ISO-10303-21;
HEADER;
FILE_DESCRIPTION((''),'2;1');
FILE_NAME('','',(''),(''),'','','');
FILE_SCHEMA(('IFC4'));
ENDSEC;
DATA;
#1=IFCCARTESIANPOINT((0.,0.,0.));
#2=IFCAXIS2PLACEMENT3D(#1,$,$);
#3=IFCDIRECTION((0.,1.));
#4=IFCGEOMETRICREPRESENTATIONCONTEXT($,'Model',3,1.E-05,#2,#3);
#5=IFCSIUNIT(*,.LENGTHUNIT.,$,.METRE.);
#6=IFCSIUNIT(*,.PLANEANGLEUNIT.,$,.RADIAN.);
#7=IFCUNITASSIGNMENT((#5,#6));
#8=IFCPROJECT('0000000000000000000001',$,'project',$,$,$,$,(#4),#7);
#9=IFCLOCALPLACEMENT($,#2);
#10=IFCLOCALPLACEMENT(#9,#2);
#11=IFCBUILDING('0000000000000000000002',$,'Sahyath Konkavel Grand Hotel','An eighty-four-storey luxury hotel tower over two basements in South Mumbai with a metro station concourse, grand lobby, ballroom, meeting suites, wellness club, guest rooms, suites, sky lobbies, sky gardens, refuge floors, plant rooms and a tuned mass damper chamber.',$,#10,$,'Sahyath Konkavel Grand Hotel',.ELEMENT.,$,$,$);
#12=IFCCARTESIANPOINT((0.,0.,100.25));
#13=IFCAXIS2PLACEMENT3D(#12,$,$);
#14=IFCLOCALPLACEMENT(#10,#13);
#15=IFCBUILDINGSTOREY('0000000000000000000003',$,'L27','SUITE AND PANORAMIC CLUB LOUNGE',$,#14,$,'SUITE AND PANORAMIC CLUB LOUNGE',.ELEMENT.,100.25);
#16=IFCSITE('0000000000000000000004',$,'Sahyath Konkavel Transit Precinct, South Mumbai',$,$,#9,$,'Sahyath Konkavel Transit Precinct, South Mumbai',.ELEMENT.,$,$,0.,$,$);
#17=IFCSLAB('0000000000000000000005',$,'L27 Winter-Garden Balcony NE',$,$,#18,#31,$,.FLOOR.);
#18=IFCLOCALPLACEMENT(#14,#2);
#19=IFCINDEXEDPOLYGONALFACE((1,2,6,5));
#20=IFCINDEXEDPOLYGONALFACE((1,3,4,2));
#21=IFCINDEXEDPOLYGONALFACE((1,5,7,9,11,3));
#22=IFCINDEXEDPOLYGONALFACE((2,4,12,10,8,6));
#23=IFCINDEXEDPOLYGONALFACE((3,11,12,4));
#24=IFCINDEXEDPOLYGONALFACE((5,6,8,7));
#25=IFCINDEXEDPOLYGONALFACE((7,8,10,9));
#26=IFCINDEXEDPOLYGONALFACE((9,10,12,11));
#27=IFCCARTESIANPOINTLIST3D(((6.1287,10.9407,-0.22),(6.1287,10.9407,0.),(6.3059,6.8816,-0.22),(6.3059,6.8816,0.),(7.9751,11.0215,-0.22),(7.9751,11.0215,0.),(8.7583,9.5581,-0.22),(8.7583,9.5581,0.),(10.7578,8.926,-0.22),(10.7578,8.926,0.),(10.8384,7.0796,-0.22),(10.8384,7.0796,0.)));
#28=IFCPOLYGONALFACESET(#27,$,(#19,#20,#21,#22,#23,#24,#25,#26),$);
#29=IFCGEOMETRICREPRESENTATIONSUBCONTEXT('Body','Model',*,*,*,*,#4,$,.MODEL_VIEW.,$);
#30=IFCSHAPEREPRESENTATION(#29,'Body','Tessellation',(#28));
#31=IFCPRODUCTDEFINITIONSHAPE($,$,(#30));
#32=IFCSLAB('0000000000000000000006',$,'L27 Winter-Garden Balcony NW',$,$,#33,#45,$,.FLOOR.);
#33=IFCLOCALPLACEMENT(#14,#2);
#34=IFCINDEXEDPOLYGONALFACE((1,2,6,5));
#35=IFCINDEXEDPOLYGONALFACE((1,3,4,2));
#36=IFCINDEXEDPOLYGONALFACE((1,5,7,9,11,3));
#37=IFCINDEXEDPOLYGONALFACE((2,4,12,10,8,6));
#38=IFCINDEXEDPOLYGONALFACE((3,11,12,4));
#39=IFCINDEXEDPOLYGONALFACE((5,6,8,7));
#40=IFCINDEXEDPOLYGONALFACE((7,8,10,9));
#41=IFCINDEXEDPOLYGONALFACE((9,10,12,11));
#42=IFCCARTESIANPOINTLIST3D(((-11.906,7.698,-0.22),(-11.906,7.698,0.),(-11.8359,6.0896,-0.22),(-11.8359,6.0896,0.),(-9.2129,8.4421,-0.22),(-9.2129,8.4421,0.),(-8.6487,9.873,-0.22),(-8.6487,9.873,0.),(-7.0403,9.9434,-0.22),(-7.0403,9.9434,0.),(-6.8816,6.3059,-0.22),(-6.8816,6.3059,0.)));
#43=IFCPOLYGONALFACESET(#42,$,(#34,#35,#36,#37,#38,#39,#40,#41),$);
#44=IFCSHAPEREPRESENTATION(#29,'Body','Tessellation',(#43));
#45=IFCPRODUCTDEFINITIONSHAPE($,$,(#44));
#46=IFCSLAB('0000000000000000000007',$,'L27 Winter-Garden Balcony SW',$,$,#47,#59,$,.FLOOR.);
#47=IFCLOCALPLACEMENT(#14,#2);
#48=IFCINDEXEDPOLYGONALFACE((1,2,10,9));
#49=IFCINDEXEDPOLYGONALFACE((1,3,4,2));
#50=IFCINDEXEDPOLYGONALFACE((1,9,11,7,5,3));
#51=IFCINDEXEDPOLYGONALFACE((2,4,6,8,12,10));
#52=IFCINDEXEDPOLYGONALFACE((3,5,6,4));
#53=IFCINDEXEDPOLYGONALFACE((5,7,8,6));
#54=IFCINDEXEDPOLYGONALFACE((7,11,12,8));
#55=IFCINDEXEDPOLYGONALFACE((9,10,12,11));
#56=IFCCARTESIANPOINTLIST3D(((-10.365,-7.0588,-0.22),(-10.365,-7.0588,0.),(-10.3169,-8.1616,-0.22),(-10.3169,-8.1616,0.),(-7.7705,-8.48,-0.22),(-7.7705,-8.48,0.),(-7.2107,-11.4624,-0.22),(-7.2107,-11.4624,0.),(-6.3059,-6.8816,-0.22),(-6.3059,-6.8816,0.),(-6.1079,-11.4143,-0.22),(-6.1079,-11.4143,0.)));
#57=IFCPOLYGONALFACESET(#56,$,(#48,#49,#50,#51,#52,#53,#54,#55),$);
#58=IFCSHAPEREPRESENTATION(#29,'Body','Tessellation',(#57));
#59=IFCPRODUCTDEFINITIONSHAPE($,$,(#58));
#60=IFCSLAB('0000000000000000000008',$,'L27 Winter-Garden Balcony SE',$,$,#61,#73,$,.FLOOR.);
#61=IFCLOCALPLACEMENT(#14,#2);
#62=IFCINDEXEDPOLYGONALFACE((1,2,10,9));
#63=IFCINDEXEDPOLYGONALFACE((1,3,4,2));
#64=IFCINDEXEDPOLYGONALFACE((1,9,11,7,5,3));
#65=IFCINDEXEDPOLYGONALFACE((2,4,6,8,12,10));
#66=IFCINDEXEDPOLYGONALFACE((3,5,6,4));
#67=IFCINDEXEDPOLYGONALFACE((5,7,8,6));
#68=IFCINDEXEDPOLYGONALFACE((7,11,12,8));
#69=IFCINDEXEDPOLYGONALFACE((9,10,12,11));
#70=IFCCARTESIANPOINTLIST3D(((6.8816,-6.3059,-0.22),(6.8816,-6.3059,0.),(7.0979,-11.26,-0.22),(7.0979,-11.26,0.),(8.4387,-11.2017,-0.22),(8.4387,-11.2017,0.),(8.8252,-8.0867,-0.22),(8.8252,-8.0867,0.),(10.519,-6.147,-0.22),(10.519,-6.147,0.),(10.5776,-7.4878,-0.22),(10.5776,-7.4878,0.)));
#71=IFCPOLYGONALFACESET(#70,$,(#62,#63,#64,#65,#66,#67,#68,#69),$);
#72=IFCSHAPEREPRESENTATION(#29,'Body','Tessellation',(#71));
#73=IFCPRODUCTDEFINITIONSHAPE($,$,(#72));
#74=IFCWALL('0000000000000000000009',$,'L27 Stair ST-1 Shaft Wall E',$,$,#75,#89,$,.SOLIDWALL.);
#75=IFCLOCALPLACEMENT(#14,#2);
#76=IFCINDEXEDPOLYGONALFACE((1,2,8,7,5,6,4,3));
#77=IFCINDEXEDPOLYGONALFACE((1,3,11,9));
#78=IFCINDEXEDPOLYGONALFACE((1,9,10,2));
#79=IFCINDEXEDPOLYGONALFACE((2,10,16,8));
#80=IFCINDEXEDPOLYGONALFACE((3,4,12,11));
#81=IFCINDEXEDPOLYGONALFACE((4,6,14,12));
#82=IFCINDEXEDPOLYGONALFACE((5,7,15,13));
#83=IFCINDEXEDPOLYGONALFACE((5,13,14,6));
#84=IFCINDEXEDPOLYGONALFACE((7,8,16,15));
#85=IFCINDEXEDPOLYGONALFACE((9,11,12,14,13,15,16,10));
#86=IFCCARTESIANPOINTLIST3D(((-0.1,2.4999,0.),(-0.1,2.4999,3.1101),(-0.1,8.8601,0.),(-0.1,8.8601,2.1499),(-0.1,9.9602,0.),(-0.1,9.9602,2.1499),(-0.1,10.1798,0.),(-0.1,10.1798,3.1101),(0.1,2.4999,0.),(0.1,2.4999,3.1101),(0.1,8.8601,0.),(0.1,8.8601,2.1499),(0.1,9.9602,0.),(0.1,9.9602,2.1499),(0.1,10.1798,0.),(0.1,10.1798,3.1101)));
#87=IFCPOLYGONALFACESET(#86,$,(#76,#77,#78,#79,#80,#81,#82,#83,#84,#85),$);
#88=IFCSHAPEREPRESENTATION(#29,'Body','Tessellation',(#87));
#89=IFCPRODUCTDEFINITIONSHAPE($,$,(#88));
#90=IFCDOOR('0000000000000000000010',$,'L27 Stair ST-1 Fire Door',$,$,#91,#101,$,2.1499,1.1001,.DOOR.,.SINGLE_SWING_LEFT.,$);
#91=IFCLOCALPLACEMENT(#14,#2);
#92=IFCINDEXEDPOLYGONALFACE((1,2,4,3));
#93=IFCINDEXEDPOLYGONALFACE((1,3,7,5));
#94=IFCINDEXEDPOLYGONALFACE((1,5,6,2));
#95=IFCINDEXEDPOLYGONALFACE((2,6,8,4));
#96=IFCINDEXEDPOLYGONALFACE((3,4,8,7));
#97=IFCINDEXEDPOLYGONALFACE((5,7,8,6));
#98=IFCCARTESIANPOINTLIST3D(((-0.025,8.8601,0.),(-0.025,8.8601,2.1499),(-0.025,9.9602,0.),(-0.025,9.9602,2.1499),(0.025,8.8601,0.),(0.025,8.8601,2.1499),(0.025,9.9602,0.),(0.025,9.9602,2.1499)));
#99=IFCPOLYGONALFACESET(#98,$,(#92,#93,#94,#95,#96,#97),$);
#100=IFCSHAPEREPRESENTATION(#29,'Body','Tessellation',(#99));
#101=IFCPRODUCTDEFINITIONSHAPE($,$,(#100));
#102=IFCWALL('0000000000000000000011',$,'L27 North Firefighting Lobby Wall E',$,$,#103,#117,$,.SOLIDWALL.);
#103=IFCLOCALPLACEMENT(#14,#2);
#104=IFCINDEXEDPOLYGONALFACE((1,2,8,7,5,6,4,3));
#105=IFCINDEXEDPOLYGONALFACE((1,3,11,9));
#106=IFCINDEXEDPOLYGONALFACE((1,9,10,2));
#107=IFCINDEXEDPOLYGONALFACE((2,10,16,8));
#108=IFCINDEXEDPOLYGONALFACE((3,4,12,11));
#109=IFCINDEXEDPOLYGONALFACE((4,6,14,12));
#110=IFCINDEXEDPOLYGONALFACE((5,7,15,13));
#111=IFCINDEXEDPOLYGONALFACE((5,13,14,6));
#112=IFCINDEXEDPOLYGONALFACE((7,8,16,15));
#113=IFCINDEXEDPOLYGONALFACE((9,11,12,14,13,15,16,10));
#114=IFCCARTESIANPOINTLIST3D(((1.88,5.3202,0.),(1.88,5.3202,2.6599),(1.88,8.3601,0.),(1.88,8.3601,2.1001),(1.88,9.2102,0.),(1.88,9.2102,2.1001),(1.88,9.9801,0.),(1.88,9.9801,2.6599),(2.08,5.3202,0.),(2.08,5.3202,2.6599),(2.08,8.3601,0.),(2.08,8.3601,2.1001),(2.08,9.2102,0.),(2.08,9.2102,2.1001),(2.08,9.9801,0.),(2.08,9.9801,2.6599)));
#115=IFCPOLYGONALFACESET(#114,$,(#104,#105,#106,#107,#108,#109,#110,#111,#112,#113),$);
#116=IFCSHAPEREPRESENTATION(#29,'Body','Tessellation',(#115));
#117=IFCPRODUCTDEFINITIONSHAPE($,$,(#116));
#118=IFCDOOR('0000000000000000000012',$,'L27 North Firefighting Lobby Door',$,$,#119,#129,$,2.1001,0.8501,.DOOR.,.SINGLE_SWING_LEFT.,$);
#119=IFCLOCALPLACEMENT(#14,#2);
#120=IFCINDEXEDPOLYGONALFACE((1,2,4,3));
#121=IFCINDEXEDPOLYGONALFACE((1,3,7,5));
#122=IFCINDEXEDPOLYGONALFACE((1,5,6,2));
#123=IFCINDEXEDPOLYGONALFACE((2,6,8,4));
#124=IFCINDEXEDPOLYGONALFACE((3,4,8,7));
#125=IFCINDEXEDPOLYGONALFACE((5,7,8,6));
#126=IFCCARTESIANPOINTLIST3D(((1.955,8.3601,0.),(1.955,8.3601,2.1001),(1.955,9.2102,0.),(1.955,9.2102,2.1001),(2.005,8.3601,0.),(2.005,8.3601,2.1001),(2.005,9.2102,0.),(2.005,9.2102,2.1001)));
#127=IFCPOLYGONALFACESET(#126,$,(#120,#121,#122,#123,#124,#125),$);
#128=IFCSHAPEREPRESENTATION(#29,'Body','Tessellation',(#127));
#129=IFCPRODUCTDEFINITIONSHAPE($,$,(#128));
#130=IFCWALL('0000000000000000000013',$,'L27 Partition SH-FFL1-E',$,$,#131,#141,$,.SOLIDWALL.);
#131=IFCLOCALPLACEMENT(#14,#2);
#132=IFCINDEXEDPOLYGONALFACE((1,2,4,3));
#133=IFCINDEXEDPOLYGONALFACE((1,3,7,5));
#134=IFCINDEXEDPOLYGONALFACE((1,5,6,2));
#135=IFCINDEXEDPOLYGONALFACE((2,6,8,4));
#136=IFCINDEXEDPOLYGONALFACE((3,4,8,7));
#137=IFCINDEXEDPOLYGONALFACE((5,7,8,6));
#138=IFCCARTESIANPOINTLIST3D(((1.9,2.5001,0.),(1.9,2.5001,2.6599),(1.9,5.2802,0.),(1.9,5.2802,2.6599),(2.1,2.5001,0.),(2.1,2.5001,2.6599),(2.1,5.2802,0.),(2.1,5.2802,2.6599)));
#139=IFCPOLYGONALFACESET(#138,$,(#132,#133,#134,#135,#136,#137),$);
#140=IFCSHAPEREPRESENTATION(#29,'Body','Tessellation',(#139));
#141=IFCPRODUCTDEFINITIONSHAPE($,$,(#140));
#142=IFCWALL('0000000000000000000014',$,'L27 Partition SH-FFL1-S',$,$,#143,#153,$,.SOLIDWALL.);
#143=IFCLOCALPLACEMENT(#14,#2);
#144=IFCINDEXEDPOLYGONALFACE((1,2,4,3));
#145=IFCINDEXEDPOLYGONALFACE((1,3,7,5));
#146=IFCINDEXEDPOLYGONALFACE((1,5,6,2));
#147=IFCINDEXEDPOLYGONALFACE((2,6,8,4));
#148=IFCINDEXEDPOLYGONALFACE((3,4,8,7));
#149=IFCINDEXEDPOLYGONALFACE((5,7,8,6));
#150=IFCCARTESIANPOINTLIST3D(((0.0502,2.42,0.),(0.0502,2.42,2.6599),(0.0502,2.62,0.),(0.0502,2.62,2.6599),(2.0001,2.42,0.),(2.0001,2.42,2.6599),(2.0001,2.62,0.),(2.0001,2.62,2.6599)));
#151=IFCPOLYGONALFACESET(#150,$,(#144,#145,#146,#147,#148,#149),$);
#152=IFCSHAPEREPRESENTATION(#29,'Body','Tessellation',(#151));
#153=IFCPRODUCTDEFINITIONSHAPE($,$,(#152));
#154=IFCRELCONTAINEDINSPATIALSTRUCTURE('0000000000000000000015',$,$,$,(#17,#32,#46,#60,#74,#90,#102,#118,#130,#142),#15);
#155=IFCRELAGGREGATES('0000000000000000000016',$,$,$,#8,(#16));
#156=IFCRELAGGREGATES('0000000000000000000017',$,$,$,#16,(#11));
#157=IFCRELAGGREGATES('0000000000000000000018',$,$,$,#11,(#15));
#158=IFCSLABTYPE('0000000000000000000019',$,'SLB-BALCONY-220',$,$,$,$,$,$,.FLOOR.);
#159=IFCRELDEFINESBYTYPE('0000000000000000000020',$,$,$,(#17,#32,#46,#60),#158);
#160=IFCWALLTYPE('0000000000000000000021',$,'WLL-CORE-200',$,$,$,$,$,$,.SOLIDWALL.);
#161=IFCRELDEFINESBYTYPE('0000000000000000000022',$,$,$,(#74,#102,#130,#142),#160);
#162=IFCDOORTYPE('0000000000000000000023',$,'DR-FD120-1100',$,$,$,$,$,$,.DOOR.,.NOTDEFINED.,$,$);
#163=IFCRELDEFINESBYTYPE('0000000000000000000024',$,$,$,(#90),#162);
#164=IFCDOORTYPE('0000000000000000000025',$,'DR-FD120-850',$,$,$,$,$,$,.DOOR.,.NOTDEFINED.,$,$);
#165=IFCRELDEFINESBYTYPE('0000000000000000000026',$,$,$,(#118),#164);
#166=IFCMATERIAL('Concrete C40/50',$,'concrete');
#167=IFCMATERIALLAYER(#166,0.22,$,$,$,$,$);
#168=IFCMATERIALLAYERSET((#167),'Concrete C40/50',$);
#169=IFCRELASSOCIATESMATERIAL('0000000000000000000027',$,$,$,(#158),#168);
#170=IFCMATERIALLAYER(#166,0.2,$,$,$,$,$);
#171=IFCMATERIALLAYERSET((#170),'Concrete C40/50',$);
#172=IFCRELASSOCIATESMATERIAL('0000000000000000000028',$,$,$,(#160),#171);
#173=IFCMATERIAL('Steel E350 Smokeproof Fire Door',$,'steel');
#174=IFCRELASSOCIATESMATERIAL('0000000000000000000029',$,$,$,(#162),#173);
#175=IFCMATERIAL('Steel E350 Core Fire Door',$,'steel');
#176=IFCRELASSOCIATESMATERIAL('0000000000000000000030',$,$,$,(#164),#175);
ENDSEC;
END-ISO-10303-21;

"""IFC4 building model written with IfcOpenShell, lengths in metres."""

from ifc_helpers import new_model, si_unit, direction, frame, frame_2d, origin, origin_2d, place, context, subcontext, project, spatial, polyline, rectangle, outline, extrude, source, transform, mapped, material, layer, layer_set, type_object, element, fill, save


model = new_model("IFC4")

# Units and contexts
model_context = context("Model", 3, precision=1e-05, world=origin(), true_north=direction((0.0, 1.0)))
body_context = subcontext(model_context, "Body", "Model", "MODEL_VIEW")
ifc_project = project(units=[si_unit("LENGTHUNIT", "METRE"), si_unit("PLANEANGLEUNIT", "RADIAN")], contexts=[model_context])

# Site, building, storey
site_placement = place(None, origin())
site = spatial("IfcSite", under=ifc_project, at=site_placement, Name="Sahyath Konkavel Transit Precinct, South Mumbai", LongName="Sahyath Konkavel Transit Precinct, South Mumbai", CompositionType="ELEMENT", RefElevation=0.0)
building_placement = place(site_placement, origin())
building = spatial("IfcBuilding", under=site, at=building_placement, Name="Sahyath Konkavel Grand Hotel", Description="An eighty-four-storey luxury hotel tower over two basements in South Mumbai with a metro station concourse, grand lobby, ballroom, meeting suites, wellness club, guest rooms, suites, sky lobbies, sky gardens, refuge floors, plant rooms and a tuned mass damper chamber.", LongName="Sahyath Konkavel Grand Hotel", CompositionType="ELEMENT")
storey_placement = place(building_placement, frame((0.0, 0.0, 100.25)))
storey = spatial("IfcBuildingStorey", under=building, at=storey_placement, Name="L27", Description="SUITE AND PANORAMIC CLUB LOUNGE", LongName="SUITE AND PANORAMIC CLUB LOUNGE", CompositionType="ELEMENT", Elevation=100.25)

# Slabs
ifc_material_1 = material(Name="Concrete C40/50", Category="concrete")
ifc_layer_1 = layer(ifc_material_1, 0.22)
ifc_layer_set_1 = layer_set([ifc_layer_1], Name="Concrete C40/50")
slab_type = type_object("IfcSlabType", Name="SLB-BALCONY-220", PredefinedType="FLOOR", material=ifc_layer_set_1)
slab_1_placement = place(storey_placement, frame((0.0, 0.0, -0.22)))
element("IfcSlab", 1, at=slab_1_placement, inside=storey, type_object=slab_type, Name="L27 Winter-Garden Balcony NE", PredefinedType="FLOOR", context=body_context, shape_type="SweptSolid", body=[
    extrude(outline(polyline([(6.3059, 6.8816), (10.8384, 7.0796), (10.7578, 8.926), (8.7583, 9.5581), (7.9751, 11.0215), (6.1287, 10.9407), (6.3059, 6.8816)])), origin(), (0.0, 0.0, 1.0), 0.22),
])
slab_2_placement = place(storey_placement, frame((0.0, 0.0, -0.22)))
element("IfcSlab", 2, at=slab_2_placement, inside=storey, type_object=slab_type, Name="L27 Winter-Garden Balcony NW", PredefinedType="FLOOR", context=body_context, shape_type="SweptSolid", body=[
    extrude(outline(polyline([(-6.8816, 6.3059), (-7.0403, 9.9434), (-8.6487, 9.873), (-9.2129, 8.4421), (-11.906, 7.698), (-11.8359, 6.0896), (-6.8816, 6.3059)])), origin(), (0.0, 0.0, 1.0), 0.22),
])
slab_3_placement = place(storey_placement, frame((0.0, 0.0, -0.22)))
element("IfcSlab", 3, at=slab_3_placement, inside=storey, type_object=slab_type, Name="L27 Winter-Garden Balcony SW", PredefinedType="FLOOR", context=body_context, shape_type="SweptSolid", body=[
    extrude(outline(polyline([(-6.3059, -6.8816), (-10.365, -7.0588), (-10.3169, -8.1616), (-7.7705, -8.48), (-7.2107, -11.4624), (-6.1079, -11.4143), (-6.3059, -6.8816)])), origin(), (0.0, 0.0, 1.0), 0.22),
])
slab_4_placement = place(storey_placement, frame((0.0, 0.0, -0.22)))
element("IfcSlab", 4, at=slab_4_placement, inside=storey, type_object=slab_type, Name="L27 Winter-Garden Balcony SE", PredefinedType="FLOOR", context=body_context, shape_type="SweptSolid", body=[
    extrude(outline(polyline([(6.8816, -6.3059), (7.0979, -11.26), (8.4387, -11.2017), (8.8252, -8.0867), (10.5776, -7.4878), (10.519, -6.147), (6.8816, -6.3059)])), origin(), (0.0, 0.0, 1.0), 0.22),
])

# Walls, openings, doors
ifc_layer_2 = layer(ifc_material_1, 0.2)
ifc_layer_set_2 = layer_set([ifc_layer_2], Name="Concrete C40/50")
wall_type = type_object("IfcWallType", Name="WLL-CORE-200", PredefinedType="SOLIDWALL", material=ifc_layer_set_2)
wall_1_placement = place(storey_placement, frame((0.0, 2.5, 0.0), z_axis=(0.0, 0.0, 1.0), x_axis=(0.0, 1.0, 0.0)))
wall_1 = element("IfcWall", 5, at=wall_1_placement, inside=storey, type_object=wall_type, Name="L27 Stair ST-1 Shaft Wall E", PredefinedType="SOLIDWALL", context=body_context, shape_type="SweptSolid", body=[
    extrude(rectangle(XDim=7.6799, YDim=0.2, at=frame_2d((3.8398, 0.0))), origin(), (0.0, 0.0, 1.0), 3.1101),
])
opening_1_placement = place(wall_1_placement, frame((6.3601, 0.0, 0.0)))
opening_1 = element("IfcOpeningElement", 6, at=opening_1_placement, cuts=wall_1, PredefinedType="OPENING", context=body_context, shape_type="SweptSolid", body=[
    extrude(rectangle(XDim=1.1001, YDim=2.1499, at=frame_2d((0.55, 1.075))), frame((0.0, 0.1099, 0.0), z_axis=(0.0, -1.0, 0.0), x_axis=(1.0, 0.0, 0.0)), (0.0, 0.0, 1.0), 0.22),
])
ifc_material_2 = material(Name="Steel E350 Smokeproof Fire Door", Category="steel")
door_type_1 = type_object("IfcDoorType", Name="DR-FD120-1100", OperationType="NOTDEFINED", PredefinedType="DOOR", material=ifc_material_2)
shared_shape_1 = source(origin(), body_context, "Body", "SweptSolid", [
    extrude(rectangle(XDim=1.1001, YDim=0.05, at=origin_2d()), origin(), (0.0, 0.0, 1.0), 2.1499),
])
door_1_placement = place(opening_1_placement, frame((0.55, 0.0, 0.0)))
door_1 = element("IfcDoor", 7, at=door_1_placement, inside=storey, type_object=door_type_1, Name="L27 Stair ST-1 Fire Door", OperationType="SINGLE_SWING_LEFT", OverallHeight=2.1499, OverallWidth=1.1001, PredefinedType="DOOR", context=body_context, shape_type="MappedRepresentation", body=[
    mapped(shared_shape_1, transform((0.0, 0.0, 0.0), scale=1.0)),
])
fill(opening_1, door_1)
wall_2_placement = place(storey_placement, frame((1.98, 5.3201, 0.0), z_axis=(0.0, 0.0, 1.0), x_axis=(0.0, 1.0, 0.0)))
wall_2 = element("IfcWall", 8, at=wall_2_placement, inside=storey, type_object=wall_type, Name="L27 North Firefighting Lobby Wall E", PredefinedType="SOLIDWALL", context=body_context, shape_type="SweptSolid", body=[
    extrude(rectangle(XDim=4.6599, YDim=0.2, at=frame_2d((2.3301, 0.0))), origin(), (0.0, 0.0, 1.0), 2.6599),
])
opening_2_placement = place(wall_2_placement, frame((3.04, 0.0, 0.0)))
opening_2 = element("IfcOpeningElement", 9, at=opening_2_placement, cuts=wall_2, PredefinedType="OPENING", context=body_context, shape_type="SweptSolid", body=[
    extrude(rectangle(XDim=0.8501, YDim=2.1001, at=frame_2d((0.425, 1.05))), frame((0.0, 0.1099, 0.0), z_axis=(0.0, -1.0, 0.0), x_axis=(1.0, 0.0, 0.0)), (0.0, 0.0, 1.0), 0.22),
])
ifc_material_3 = material(Name="Steel E350 Core Fire Door", Category="steel")
door_type_2 = type_object("IfcDoorType", Name="DR-FD120-850", OperationType="NOTDEFINED", PredefinedType="DOOR", material=ifc_material_3)
shared_shape_2 = source(origin(), body_context, "Body", "SweptSolid", [
    extrude(rectangle(XDim=0.8501, YDim=0.05, at=origin_2d()), origin(), (0.0, 0.0, 1.0), 2.1001),
])
door_2_placement = place(opening_2_placement, frame((0.425, 0.0, 0.0)))
door_2 = element("IfcDoor", 10, at=door_2_placement, inside=storey, type_object=door_type_2, Name="L27 North Firefighting Lobby Door", OperationType="SINGLE_SWING_LEFT", OverallHeight=2.1001, OverallWidth=0.8501, PredefinedType="DOOR", context=body_context, shape_type="MappedRepresentation", body=[
    mapped(shared_shape_2, transform((0.0, 0.0, 0.0), scale=1.0)),
])
fill(opening_2, door_2)

# Walls
wall_3_placement = place(storey_placement, frame((2.0, 2.5, 0.0), z_axis=(0.0, 0.0, 1.0), x_axis=(0.0, 1.0, 0.0)))
element("IfcWall", 11, at=wall_3_placement, inside=storey, type_object=wall_type, Name="L27 Partition SH-FFL1-E", PredefinedType="SOLIDWALL", context=body_context, shape_type="SweptSolid", body=[
    extrude(rectangle(XDim=2.78, YDim=0.2, at=frame_2d((1.3901, 0.0))), origin(), (0.0, 0.0, 1.0), 2.6599),
])
wall_4_placement = place(storey_placement, frame((0.05, 2.52, 0.0), z_axis=(0.0, 0.0, 1.0), x_axis=(1.0, 0.0, 0.0)))
element("IfcWall", 12, at=wall_4_placement, inside=storey, type_object=wall_type, Name="L27 Partition SH-FFL1-S", PredefinedType="SOLIDWALL", context=body_context, shape_type="SweptSolid", body=[
    extrude(rectangle(XDim=1.95, YDim=0.2, at=frame_2d((0.9751, 0.0))), origin(), (0.0, 0.0, 1.0), 2.6599),
])

save(model, "model.ifc")
